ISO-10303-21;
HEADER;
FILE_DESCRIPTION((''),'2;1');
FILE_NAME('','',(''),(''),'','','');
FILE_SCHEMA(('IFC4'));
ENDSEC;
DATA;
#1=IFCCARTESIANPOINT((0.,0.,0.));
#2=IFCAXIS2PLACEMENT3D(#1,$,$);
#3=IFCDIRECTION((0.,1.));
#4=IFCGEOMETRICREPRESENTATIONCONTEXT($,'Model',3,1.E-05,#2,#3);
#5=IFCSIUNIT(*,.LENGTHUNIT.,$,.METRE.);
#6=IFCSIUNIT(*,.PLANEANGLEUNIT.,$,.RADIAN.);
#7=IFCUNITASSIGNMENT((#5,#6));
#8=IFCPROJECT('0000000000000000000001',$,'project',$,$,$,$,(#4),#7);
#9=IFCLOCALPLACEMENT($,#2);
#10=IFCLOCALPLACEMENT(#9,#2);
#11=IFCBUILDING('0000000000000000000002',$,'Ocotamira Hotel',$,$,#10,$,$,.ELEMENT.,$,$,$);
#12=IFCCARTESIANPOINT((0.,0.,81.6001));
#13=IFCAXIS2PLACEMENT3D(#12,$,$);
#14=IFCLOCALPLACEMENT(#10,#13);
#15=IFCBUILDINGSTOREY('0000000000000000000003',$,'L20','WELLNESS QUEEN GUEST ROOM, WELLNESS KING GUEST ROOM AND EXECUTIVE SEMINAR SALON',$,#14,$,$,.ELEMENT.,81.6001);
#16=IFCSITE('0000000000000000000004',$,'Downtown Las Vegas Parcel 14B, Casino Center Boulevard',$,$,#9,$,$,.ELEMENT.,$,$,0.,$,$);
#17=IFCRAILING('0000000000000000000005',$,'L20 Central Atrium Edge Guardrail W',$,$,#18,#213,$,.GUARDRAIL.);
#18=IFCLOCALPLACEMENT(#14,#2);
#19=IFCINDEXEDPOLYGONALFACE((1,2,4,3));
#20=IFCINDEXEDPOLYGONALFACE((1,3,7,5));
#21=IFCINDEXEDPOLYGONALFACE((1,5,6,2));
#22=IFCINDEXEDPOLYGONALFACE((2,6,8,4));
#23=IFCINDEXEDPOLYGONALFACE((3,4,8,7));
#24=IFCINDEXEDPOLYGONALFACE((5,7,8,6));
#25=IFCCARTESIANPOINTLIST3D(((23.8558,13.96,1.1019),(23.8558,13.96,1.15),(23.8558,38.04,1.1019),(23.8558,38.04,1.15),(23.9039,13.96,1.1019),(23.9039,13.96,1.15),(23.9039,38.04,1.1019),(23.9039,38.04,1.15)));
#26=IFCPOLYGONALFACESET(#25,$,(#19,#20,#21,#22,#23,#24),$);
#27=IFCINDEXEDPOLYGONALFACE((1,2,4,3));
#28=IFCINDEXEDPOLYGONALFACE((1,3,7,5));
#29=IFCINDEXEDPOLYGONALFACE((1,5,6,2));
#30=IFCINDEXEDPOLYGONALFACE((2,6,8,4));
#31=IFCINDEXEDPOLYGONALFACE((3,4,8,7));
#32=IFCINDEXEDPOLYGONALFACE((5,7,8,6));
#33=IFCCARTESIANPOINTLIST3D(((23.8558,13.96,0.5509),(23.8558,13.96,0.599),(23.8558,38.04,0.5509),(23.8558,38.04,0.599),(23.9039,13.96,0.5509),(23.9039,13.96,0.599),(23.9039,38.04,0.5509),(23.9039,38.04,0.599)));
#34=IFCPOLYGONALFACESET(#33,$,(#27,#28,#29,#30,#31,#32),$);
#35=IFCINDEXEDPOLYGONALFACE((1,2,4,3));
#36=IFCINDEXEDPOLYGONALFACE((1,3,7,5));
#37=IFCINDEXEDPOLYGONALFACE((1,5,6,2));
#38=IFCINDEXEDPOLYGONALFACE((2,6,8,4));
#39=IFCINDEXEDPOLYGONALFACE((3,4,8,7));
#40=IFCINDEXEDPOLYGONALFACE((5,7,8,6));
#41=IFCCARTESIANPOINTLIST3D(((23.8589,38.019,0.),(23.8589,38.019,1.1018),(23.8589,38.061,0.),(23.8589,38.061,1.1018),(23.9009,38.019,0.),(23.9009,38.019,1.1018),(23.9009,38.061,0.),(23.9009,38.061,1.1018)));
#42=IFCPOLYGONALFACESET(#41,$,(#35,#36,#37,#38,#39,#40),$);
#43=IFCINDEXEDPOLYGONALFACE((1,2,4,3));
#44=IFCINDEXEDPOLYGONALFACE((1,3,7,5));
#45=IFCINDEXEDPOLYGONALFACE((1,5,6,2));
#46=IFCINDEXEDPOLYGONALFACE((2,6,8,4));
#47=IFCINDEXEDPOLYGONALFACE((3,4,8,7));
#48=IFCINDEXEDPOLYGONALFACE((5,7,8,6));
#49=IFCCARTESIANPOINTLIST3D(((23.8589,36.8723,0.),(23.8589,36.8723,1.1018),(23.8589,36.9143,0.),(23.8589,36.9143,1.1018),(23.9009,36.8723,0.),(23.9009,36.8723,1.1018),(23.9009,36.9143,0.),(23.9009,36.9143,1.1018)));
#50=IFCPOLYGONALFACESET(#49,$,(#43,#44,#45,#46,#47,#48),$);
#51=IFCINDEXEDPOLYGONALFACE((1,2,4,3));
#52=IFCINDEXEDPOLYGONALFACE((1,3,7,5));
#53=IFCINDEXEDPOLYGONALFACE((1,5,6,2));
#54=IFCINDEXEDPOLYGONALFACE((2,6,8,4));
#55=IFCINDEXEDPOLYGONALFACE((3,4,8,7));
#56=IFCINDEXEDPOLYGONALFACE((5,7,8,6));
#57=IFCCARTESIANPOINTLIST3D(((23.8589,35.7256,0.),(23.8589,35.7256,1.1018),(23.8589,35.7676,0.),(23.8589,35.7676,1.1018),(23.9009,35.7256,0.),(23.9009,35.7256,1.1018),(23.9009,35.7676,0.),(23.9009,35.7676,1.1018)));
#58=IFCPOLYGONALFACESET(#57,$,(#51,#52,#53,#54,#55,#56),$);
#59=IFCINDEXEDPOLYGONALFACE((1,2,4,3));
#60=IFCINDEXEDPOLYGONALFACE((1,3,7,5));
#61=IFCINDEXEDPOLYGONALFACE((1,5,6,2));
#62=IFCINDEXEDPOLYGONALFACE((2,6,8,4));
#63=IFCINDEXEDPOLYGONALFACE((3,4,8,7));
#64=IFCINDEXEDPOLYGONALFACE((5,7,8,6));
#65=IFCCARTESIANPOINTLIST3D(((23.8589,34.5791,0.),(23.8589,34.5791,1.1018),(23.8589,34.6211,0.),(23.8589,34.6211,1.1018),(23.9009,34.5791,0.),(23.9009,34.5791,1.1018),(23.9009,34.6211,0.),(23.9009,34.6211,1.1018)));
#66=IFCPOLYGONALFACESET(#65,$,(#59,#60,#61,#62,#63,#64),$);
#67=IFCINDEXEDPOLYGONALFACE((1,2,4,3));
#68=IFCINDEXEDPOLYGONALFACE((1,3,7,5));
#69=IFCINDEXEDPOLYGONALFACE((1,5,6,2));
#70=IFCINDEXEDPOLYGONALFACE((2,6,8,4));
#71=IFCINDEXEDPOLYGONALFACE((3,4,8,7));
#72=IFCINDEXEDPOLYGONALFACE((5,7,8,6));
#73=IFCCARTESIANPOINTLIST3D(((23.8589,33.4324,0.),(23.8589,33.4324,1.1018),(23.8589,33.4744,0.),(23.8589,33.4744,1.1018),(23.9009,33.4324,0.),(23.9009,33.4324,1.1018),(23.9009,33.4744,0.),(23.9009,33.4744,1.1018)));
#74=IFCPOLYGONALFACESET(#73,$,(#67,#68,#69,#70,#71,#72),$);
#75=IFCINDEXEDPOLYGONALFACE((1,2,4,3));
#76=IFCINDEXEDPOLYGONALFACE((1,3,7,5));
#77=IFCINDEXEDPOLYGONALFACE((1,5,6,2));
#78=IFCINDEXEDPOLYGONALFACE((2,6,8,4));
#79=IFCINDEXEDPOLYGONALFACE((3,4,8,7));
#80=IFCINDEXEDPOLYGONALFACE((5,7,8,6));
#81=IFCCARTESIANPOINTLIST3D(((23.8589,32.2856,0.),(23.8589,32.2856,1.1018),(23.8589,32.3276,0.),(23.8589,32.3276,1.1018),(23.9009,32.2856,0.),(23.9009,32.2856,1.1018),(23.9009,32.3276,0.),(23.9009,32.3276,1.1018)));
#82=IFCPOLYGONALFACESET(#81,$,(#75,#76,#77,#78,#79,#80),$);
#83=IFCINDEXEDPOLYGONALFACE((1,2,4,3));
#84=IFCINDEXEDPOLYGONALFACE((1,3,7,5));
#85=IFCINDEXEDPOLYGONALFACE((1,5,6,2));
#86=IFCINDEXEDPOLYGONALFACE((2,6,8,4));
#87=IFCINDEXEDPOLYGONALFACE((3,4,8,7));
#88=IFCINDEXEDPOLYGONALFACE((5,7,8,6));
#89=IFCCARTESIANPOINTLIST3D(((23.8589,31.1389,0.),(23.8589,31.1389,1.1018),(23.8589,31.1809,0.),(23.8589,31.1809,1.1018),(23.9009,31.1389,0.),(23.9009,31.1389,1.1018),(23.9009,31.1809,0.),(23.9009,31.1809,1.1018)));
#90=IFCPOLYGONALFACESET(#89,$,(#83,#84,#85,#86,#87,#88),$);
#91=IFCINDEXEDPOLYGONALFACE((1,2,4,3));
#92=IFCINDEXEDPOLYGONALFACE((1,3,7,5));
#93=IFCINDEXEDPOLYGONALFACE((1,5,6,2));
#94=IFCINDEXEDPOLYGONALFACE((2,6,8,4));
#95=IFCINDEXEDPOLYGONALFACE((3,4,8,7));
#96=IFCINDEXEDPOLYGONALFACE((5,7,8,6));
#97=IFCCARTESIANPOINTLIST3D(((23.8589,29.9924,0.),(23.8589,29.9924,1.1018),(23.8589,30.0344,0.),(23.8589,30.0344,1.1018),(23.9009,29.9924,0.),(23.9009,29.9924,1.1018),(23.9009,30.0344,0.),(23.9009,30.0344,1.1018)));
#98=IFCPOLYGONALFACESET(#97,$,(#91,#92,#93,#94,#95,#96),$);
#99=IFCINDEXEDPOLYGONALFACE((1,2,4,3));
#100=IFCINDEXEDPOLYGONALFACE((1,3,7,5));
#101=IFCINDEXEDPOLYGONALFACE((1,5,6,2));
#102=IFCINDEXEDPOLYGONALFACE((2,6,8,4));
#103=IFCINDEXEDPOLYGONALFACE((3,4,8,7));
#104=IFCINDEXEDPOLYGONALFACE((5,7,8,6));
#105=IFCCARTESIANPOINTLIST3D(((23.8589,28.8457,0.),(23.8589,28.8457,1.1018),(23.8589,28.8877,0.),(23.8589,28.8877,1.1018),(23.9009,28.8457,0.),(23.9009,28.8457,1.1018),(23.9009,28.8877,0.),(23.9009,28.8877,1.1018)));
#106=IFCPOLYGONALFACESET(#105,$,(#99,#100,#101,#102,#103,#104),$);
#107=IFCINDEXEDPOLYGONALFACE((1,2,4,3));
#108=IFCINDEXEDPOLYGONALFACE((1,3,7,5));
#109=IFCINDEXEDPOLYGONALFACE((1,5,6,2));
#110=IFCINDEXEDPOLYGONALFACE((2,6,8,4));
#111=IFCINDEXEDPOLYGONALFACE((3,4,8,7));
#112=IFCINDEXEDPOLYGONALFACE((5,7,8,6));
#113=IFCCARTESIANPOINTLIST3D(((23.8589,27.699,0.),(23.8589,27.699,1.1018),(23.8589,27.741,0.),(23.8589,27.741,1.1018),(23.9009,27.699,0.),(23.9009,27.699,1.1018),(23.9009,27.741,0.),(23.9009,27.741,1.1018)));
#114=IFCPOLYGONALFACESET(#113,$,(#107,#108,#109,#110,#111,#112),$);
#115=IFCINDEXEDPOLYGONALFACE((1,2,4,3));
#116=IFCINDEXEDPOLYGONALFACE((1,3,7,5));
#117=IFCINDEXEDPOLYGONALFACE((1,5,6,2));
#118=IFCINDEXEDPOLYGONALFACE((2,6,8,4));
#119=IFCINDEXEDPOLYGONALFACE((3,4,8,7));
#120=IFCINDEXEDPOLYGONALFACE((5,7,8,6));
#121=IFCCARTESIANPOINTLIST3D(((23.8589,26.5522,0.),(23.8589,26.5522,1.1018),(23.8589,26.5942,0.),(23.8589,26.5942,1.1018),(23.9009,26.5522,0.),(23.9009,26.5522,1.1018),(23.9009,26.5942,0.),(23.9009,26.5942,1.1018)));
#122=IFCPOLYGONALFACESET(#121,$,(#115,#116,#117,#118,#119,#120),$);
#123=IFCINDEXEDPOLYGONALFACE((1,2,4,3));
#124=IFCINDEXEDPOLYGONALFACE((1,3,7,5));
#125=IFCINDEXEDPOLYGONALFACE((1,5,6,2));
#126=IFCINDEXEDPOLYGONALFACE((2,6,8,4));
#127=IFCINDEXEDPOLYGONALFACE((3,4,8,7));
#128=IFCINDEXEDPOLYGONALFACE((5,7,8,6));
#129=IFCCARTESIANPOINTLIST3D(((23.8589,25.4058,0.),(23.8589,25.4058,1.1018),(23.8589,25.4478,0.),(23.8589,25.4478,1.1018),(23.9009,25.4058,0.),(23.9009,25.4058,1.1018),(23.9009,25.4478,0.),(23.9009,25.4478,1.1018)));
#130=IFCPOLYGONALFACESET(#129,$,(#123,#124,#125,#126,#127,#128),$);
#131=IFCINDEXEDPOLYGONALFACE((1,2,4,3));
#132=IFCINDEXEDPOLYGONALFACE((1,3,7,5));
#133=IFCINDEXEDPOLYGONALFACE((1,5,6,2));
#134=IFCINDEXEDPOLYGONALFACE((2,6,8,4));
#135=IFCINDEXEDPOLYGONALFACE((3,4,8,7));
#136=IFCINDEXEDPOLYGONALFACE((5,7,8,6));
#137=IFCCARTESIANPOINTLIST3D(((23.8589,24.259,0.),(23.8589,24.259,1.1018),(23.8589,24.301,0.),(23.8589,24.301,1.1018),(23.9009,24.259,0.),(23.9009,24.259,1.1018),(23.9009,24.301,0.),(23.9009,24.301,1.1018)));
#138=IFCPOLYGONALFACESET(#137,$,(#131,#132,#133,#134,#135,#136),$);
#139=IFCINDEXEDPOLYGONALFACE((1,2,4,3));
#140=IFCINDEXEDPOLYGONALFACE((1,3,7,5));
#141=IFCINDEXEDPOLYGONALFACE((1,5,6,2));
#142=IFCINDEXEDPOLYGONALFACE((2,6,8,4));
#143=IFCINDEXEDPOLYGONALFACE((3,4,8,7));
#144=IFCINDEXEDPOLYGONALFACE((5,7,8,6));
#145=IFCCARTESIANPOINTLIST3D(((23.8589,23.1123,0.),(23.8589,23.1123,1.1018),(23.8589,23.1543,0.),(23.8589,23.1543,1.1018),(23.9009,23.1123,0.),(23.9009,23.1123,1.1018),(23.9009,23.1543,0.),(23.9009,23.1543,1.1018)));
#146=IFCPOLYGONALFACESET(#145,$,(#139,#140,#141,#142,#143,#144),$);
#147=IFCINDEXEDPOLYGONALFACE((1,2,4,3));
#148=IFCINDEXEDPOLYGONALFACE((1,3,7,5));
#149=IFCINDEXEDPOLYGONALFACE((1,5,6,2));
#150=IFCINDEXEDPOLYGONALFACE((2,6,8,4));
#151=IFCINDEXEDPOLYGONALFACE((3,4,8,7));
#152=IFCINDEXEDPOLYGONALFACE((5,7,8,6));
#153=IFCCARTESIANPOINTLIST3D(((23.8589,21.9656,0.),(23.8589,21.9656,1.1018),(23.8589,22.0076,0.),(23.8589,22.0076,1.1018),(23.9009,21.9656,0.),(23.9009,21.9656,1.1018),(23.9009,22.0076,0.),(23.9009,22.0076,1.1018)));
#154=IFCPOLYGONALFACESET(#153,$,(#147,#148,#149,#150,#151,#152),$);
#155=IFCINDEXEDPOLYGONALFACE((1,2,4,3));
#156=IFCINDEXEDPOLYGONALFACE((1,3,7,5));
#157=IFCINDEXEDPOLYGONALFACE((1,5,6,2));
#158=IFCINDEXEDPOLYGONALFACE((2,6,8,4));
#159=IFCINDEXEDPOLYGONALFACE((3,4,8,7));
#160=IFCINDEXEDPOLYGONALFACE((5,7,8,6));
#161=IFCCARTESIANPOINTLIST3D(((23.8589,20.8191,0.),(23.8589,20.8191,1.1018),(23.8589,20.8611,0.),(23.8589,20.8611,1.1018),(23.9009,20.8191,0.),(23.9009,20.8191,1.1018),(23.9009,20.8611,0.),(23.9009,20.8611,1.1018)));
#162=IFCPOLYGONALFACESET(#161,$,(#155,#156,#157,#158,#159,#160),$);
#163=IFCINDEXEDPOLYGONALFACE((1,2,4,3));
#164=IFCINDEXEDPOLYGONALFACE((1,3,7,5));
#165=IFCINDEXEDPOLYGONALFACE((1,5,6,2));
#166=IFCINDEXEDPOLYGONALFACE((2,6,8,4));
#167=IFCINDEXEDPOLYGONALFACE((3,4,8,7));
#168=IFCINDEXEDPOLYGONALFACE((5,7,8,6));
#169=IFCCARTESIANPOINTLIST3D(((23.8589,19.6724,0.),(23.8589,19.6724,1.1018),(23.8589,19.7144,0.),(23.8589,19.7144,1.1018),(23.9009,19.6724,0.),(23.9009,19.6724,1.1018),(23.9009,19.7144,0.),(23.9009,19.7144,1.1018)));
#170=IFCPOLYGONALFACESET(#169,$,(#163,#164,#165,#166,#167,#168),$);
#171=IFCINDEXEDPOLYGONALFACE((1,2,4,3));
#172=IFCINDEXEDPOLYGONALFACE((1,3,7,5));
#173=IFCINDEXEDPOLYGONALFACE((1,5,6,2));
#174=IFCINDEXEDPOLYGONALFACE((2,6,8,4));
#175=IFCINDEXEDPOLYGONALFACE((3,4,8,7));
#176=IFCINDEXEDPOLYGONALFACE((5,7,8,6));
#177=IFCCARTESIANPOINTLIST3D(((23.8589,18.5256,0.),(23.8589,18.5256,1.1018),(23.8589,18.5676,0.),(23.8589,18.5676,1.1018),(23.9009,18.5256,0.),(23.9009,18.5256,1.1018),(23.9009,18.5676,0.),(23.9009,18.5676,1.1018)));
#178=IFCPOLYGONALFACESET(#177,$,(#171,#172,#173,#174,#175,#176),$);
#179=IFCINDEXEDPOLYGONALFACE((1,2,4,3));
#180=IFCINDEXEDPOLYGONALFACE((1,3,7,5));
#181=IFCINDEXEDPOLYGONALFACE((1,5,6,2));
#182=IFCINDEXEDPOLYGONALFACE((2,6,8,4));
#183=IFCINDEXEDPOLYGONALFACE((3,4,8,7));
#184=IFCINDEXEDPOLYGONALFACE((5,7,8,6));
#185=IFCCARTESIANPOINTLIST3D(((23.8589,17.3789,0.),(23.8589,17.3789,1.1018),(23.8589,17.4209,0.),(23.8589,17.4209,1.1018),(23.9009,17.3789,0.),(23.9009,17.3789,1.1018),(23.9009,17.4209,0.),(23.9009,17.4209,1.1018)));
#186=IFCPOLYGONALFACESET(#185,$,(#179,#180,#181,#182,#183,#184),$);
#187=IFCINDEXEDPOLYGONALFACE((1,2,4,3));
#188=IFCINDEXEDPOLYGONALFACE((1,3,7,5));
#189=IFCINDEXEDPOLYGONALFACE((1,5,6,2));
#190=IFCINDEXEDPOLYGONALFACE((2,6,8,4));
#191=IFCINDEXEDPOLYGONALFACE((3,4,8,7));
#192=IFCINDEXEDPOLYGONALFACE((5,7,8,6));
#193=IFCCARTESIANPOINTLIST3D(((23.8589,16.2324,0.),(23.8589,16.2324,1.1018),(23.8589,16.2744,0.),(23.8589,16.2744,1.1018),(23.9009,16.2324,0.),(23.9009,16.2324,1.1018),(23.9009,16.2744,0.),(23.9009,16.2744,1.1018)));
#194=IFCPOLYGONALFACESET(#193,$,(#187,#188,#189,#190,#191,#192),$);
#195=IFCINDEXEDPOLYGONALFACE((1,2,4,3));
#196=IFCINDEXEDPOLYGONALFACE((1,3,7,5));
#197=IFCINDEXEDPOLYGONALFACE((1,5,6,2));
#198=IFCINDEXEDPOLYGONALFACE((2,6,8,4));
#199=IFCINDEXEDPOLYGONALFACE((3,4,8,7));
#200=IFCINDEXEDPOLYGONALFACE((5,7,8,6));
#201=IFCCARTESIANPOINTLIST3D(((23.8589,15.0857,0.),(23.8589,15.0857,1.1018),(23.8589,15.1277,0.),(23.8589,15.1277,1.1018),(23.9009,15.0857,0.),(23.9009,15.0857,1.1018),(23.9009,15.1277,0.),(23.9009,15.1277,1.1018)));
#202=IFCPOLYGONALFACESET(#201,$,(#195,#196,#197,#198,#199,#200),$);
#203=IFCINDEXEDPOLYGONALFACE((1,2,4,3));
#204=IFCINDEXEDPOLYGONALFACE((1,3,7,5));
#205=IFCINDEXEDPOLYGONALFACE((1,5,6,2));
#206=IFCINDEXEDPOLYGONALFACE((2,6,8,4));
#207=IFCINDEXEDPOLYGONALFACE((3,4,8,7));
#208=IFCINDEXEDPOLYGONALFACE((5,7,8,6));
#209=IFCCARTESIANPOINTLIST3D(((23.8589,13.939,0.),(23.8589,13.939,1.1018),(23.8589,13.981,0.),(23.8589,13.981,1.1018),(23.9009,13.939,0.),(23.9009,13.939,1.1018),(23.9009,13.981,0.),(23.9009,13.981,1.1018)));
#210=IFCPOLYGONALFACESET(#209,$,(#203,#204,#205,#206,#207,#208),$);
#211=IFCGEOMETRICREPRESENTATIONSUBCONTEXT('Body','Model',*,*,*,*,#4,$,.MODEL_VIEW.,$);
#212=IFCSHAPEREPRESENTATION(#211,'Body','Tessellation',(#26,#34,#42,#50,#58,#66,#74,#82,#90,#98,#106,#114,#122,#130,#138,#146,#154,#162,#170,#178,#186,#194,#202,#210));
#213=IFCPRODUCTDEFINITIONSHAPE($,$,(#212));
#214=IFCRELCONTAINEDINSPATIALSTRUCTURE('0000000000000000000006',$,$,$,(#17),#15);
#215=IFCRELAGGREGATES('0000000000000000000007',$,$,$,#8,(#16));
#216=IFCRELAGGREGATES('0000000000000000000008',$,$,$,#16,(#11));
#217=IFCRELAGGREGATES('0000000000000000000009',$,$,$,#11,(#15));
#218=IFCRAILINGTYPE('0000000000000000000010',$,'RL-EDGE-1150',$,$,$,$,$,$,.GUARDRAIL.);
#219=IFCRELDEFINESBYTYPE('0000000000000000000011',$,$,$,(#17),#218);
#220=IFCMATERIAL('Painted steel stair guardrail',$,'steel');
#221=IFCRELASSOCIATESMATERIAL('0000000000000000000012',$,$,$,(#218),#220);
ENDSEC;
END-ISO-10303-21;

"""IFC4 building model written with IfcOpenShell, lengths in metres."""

from ifc_helpers import new_model, si_unit, direction, frame, origin, origin_2d, place, context, subcontext, project, spatial, rectangle, extrude, material, type_object, element, save


model = new_model("IFC4")

# Units and contexts
model_context = context("Model", 3, precision=1e-05, world=origin(), true_north=direction((0.0, 1.0)))
body_context = subcontext(model_context, "Body", "Model", "MODEL_VIEW")
ifc_project = project(units=[si_unit("LENGTHUNIT", "METRE"), si_unit("PLANEANGLEUNIT", "RADIAN")], contexts=[model_context])

# Site, building, storey
site_placement = place(None, origin())
site = spatial("IfcSite", under=ifc_project, at=site_placement, Name="Downtown Las Vegas Parcel 14B, Casino Center Boulevard", CompositionType="ELEMENT", RefElevation=0.0)
building_placement = place(site_placement, origin())
building = spatial("IfcBuilding", under=site, at=building_placement, Name="Ocotamira Hotel", CompositionType="ELEMENT")
storey_placement = place(building_placement, frame((0.0, 0.0, 81.6001)))
storey = spatial("IfcBuildingStorey", under=building, at=storey_placement, Name="L20", Description="WELLNESS QUEEN GUEST ROOM, WELLNESS KING GUEST ROOM AND EXECUTIVE SEMINAR SALON", CompositionType="ELEMENT", Elevation=81.6001)

# Railing
ifc_material_1 = material(Name="Painted steel stair guardrail", Category="steel")
railing_type = type_object("IfcRailingType", Name="RL-EDGE-1150", PredefinedType="GUARDRAIL", material=ifc_material_1)
railing_placement = place(storey_placement, frame((23.8799, 38.04, 0.0)))
element("IfcRailing", 1, at=railing_placement, inside=storey, type_object=railing_type, Name="L20 Central Atrium Edge Guardrail W", PredefinedType="GUARDRAIL", context=body_context, shape_type="SweptSolid", body=[
    extrude(rectangle(XDim=0.0481, YDim=0.0481, at=origin_2d()), frame((0.0, 0.0, 1.126), z_axis=(0.0, -1.0, 0.0), x_axis=(1.0, 0.0, 0.0)), (0.0, 0.0, 1.0), 24.0801),
    extrude(rectangle(XDim=0.0481, YDim=0.0481, at=origin_2d()), frame((0.0, 0.0, 0.575), z_axis=(0.0, -1.0, 0.0), x_axis=(1.0, 0.0, 0.0)), (0.0, 0.0, 1.0), 24.0801),
    extrude(rectangle(XDim=0.042, YDim=0.042, at=origin_2d()), origin(), (0.0, 0.0, 1.0), 1.1018),
    extrude(rectangle(XDim=0.042, YDim=0.042, at=origin_2d()), frame((0.0, -1.1467, 0.0)), (0.0, 0.0, 1.0), 1.1018),
    extrude(rectangle(XDim=0.042, YDim=0.042, at=origin_2d()), frame((0.0, -2.2935, 0.0)), (0.0, 0.0, 1.0), 1.1018),
    extrude(rectangle(XDim=0.042, YDim=0.042, at=origin_2d()), frame((0.0, -3.4399, 0.0)), (0.0, 0.0, 1.0), 1.1018),
    extrude(rectangle(XDim=0.042, YDim=0.042, at=origin_2d()), frame((0.0, -4.5867, 0.0)), (0.0, 0.0, 1.0), 1.1018),
    extrude(rectangle(XDim=0.042, YDim=0.042, at=origin_2d()), frame((0.0, -5.7334, 0.0)), (0.0, 0.0, 1.0), 1.1018),
    extrude(rectangle(XDim=0.042, YDim=0.042, at=origin_2d()), frame((0.0, -6.8801, 0.0)), (0.0, 0.0, 1.0), 1.1018),
    extrude(rectangle(XDim=0.042, YDim=0.042, at=origin_2d()), frame((0.0, -8.0266, 0.0)), (0.0, 0.0, 1.0), 1.1018),
    extrude(rectangle(XDim=0.042, YDim=0.042, at=origin_2d()), frame((0.0, -9.1733, 0.0)), (0.0, 0.0, 1.0), 1.1018),
    extrude(rectangle(XDim=0.042, YDim=0.042, at=origin_2d()), frame((0.0, -10.3201, 0.0)), (0.0, 0.0, 1.0), 1.1018),
    extrude(rectangle(XDim=0.042, YDim=0.042, at=origin_2d()), frame((0.0, -11.4668, 0.0)), (0.0, 0.0, 1.0), 1.1018),
    extrude(rectangle(XDim=0.042, YDim=0.042, at=origin_2d()), frame((0.0, -12.6133, 0.0)), (0.0, 0.0, 1.0), 1.1018),
    extrude(rectangle(XDim=0.042, YDim=0.042, at=origin_2d()), frame((0.0, -13.76, 0.0)), (0.0, 0.0, 1.0), 1.1018),
    extrude(rectangle(XDim=0.042, YDim=0.042, at=origin_2d()), frame((0.0, -14.9067, 0.0)), (0.0, 0.0, 1.0), 1.1018),
    extrude(rectangle(XDim=0.042, YDim=0.042, at=origin_2d()), frame((0.0, -16.0535, 0.0)), (0.0, 0.0, 1.0), 1.1018),
    extrude(rectangle(XDim=0.042, YDim=0.042, at=origin_2d()), frame((0.0, -17.2, 0.0)), (0.0, 0.0, 1.0), 1.1018),
    extrude(rectangle(XDim=0.042, YDim=0.042, at=origin_2d()), frame((0.0, -18.3467, 0.0)), (0.0, 0.0, 1.0), 1.1018),
    extrude(rectangle(XDim=0.042, YDim=0.042, at=origin_2d()), frame((0.0, -19.4934, 0.0)), (0.0, 0.0, 1.0), 1.1018),
    extrude(rectangle(XDim=0.042, YDim=0.042, at=origin_2d()), frame((0.0, -20.6401, 0.0)), (0.0, 0.0, 1.0), 1.1018),
    extrude(rectangle(XDim=0.042, YDim=0.042, at=origin_2d()), frame((0.0, -21.7866, 0.0)), (0.0, 0.0, 1.0), 1.1018),
    extrude(rectangle(XDim=0.042, YDim=0.042, at=origin_2d()), frame((0.0, -22.9333, 0.0)), (0.0, 0.0, 1.0), 1.1018),
    extrude(rectangle(XDim=0.042, YDim=0.042, at=origin_2d()), frame((0.0, -24.0801, 0.0)), (0.0, 0.0, 1.0), 1.1018),
])

save(model, "model.ifc")
